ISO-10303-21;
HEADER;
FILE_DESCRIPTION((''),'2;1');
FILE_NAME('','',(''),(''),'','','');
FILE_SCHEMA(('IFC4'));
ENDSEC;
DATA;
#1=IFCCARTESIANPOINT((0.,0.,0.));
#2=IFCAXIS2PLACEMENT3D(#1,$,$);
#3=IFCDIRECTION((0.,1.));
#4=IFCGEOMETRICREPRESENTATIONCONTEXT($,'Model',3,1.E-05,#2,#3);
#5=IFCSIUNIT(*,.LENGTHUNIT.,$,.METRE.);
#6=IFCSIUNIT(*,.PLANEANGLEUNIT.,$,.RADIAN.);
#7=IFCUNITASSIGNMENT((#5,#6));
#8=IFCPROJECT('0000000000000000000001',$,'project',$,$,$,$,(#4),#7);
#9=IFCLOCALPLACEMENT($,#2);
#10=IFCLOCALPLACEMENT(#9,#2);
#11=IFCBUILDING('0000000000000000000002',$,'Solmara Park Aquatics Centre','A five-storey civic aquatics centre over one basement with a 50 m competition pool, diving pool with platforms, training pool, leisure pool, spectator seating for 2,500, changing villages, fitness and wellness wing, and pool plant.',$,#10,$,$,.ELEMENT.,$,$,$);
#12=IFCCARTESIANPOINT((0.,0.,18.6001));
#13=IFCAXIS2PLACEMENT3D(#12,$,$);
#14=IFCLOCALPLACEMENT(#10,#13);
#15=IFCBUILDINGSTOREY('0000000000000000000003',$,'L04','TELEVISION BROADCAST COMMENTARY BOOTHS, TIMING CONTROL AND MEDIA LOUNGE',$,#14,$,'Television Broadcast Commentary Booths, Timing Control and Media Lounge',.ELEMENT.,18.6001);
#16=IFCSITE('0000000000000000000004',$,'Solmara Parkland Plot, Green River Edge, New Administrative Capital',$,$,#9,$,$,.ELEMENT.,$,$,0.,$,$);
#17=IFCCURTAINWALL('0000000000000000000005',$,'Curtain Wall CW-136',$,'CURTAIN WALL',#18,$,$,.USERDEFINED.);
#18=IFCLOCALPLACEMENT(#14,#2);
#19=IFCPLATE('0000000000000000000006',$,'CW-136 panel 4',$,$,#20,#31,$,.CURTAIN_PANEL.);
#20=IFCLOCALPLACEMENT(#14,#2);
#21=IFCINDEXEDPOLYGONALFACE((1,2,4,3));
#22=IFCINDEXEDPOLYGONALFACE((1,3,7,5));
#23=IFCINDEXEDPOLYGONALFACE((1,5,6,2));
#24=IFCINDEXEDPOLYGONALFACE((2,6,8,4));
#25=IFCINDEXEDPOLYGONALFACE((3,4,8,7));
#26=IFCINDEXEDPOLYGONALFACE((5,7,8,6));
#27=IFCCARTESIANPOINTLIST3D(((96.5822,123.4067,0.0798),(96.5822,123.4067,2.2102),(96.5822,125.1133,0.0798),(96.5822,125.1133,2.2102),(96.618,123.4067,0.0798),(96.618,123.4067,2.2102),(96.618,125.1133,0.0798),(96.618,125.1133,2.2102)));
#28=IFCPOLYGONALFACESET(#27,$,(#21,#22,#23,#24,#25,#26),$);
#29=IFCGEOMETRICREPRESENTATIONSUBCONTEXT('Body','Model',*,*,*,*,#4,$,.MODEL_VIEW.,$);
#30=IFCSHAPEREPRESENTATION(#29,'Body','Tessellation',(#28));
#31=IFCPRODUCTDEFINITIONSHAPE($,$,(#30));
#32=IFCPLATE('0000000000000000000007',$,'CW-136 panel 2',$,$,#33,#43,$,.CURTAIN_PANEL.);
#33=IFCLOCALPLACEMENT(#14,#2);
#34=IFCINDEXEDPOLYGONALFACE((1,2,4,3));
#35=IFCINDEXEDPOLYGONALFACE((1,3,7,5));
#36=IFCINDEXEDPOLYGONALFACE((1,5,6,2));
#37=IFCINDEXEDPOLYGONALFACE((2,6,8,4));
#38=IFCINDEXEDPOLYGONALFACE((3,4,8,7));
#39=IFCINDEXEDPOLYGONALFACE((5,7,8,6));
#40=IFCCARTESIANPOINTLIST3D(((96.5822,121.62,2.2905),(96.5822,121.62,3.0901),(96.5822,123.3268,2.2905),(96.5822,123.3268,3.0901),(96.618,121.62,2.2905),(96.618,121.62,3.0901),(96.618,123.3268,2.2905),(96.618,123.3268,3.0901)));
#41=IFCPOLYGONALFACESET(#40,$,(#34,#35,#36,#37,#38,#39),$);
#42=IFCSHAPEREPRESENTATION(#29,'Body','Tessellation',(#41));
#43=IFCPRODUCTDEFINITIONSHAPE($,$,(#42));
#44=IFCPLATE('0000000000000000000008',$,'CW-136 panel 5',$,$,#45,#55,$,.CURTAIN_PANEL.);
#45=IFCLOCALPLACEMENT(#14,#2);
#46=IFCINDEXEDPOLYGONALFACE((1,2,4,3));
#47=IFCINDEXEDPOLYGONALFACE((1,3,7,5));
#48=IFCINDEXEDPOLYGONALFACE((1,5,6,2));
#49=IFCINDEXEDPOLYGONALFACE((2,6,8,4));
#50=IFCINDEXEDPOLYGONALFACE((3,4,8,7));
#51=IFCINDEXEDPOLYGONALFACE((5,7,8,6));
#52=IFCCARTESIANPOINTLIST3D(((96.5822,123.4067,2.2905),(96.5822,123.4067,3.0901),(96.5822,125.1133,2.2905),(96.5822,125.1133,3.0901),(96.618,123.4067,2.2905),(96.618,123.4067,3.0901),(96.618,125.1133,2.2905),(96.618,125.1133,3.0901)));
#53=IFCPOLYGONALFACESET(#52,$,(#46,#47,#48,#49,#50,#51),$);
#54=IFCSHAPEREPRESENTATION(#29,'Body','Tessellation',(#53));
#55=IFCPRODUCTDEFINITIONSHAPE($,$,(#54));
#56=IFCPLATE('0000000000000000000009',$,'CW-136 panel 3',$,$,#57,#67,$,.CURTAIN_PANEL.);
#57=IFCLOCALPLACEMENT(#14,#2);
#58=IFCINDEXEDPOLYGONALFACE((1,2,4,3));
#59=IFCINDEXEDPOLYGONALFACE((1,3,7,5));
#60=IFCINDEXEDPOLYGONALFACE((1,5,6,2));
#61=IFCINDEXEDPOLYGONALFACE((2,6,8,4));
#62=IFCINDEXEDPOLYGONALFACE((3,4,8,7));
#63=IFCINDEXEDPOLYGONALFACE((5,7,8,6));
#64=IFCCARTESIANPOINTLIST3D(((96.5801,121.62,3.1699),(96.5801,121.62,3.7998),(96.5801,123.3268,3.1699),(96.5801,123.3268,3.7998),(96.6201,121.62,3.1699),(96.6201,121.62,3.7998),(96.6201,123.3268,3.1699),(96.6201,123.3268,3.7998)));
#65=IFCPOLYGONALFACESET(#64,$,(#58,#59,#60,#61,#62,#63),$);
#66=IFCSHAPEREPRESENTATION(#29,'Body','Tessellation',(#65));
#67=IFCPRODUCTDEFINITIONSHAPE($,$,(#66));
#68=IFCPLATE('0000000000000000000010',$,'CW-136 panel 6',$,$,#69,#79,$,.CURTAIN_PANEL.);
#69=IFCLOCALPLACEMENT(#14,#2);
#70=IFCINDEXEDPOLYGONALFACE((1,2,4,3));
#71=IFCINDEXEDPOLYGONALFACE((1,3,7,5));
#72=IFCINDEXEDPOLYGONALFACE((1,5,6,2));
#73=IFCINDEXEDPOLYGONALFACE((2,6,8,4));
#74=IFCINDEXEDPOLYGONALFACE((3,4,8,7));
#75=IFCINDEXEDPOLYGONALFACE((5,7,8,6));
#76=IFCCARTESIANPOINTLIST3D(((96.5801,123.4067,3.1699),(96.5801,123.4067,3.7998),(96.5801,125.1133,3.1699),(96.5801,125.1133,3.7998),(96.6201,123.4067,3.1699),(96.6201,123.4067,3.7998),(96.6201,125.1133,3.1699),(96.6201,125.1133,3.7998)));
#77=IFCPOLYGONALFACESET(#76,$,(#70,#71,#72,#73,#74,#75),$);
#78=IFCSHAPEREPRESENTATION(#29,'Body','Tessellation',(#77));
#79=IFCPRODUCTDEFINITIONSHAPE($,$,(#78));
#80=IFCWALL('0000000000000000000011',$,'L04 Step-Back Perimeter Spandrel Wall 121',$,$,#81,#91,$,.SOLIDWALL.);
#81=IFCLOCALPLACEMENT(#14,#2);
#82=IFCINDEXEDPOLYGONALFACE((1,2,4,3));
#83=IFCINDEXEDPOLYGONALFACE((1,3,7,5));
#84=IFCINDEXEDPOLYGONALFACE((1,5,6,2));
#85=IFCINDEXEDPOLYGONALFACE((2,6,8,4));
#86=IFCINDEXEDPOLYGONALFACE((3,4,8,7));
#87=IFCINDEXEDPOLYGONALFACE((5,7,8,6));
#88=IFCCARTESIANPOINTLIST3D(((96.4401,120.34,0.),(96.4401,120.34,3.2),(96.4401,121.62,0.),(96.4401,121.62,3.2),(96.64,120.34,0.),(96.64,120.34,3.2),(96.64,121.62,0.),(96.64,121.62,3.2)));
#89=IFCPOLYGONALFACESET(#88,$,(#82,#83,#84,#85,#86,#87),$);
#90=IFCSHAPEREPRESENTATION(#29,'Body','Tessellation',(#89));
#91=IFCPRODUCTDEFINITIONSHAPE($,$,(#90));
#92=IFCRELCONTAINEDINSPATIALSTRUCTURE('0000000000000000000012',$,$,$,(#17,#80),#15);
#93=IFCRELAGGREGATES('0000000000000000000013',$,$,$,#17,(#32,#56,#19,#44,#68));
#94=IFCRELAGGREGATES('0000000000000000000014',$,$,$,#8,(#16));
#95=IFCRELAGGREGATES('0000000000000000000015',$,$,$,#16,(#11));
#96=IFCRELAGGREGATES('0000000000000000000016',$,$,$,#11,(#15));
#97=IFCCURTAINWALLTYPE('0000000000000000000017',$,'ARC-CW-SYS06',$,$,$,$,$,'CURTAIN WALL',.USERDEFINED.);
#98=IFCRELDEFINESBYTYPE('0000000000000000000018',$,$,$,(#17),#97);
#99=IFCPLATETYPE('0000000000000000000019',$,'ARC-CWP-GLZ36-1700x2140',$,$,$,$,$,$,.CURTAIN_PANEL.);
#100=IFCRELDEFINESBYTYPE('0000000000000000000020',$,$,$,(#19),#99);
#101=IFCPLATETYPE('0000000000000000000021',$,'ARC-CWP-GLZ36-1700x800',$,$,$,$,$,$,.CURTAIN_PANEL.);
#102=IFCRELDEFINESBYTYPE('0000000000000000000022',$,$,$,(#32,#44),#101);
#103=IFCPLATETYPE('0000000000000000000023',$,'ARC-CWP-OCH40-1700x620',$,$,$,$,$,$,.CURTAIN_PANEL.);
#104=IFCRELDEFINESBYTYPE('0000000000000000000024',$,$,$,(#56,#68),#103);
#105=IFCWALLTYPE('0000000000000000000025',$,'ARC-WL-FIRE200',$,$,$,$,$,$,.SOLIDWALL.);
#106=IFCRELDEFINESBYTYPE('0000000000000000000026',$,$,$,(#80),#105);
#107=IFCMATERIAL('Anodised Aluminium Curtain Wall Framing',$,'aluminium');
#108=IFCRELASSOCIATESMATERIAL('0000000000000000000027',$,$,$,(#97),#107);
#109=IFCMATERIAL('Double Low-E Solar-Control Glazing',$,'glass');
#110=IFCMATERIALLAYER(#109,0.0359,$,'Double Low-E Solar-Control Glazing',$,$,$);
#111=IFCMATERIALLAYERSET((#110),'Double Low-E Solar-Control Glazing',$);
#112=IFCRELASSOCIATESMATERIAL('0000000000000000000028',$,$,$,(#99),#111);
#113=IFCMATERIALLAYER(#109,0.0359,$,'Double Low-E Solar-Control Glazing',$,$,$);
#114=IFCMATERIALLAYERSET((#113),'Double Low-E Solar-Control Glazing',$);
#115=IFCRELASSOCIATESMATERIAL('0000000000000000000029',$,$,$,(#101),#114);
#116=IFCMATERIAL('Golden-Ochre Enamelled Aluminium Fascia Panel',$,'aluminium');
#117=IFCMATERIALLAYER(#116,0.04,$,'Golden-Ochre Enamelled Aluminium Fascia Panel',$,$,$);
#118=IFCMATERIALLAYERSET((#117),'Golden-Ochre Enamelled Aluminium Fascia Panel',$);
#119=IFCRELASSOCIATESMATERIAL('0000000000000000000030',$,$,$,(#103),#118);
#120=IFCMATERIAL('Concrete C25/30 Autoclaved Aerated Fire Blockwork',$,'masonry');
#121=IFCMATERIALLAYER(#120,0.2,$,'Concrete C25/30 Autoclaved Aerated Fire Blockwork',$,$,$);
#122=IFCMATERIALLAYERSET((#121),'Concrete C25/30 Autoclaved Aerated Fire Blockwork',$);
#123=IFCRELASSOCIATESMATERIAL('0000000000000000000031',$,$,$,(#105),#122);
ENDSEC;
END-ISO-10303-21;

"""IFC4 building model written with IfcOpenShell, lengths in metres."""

from ifc_helpers import new_model, si_unit, direction, frame, frame_2d, origin, origin_2d, place, context, subcontext, project, spatial, rectangle, extrude, material, layer, layer_set, type_object, element, aggregate, save


model = new_model("IFC4")

# Units and contexts
model_context = context("Model", 3, precision=1e-05, world=origin(), true_north=direction((0.0, 1.0)))
body_context = subcontext(model_context, "Body", "Model", "MODEL_VIEW")
ifc_project = project(units=[si_unit("LENGTHUNIT", "METRE"), si_unit("PLANEANGLEUNIT", "RADIAN")], contexts=[model_context])

# Site, building, storey
site_placement = place(None, origin())
site = spatial("IfcSite", under=ifc_project, at=site_placement, Name="Solmara Parkland Plot, Green River Edge, New Administrative Capital", CompositionType="ELEMENT", RefElevation=0.0)
building_placement = place(site_placement, origin())
building = spatial("IfcBuilding", under=site, at=building_placement, Name="Solmara Park Aquatics Centre", Description="A five-storey civic aquatics centre over one basement with a 50 m competition pool, diving pool with platforms, training pool, leisure pool, spectator seating for 2,500, changing villages, fitness and wellness wing, and pool plant.", CompositionType="ELEMENT")
storey_placement = place(building_placement, frame((0.0, 0.0, 18.6001)))
storey = spatial("IfcBuildingStorey", under=building, at=storey_placement, Name="L04", Description="TELEVISION BROADCAST COMMENTARY BOOTHS, TIMING CONTROL AND MEDIA LOUNGE", LongName="Television Broadcast Commentary Booths, Timing Control and Media Lounge", CompositionType="ELEMENT", Elevation=18.6001)

# Curtain wall, plates
ifc_material_1 = material(Name="Anodised Aluminium Curtain Wall Framing", Category="aluminium")
curtain_wall_type = type_object("IfcCurtainWallType", Name="ARC-CW-SYS06", ElementType="CURTAIN WALL", PredefinedType="USERDEFINED", material=ifc_material_1)
curtain_wall_placement = place(storey_placement, origin())
curtain_wall = element("IfcCurtainWall", 1, at=curtain_wall_placement, inside=storey, type_object=curtain_wall_type, Name="Curtain Wall CW-136", ObjectType="CURTAIN WALL", PredefinedType="USERDEFINED")
ifc_material_2 = material(Name="Double Low-E Solar-Control Glazing", Category="glass")
ifc_layer_1 = layer(ifc_material_2, 0.0359, Name="Double Low-E Solar-Control Glazing")
ifc_layer_set_1 = layer_set([ifc_layer_1], Name="Double Low-E Solar-Control Glazing")
plate_type_1 = type_object("IfcPlateType", Name="ARC-CWP-GLZ36-1700x2140", PredefinedType="CURTAIN_PANEL", material=ifc_layer_set_1)
plate_1_placement = place(storey_placement, frame((96.6001, 124.26, 0.0798), z_axis=(0.0, 0.0, 1.0), x_axis=(0.0, 1.0, 0.0)))
plate_1 = element("IfcPlate", 2, at=plate_1_placement, type_object=plate_type_1, Name="CW-136 panel 4", PredefinedType="CURTAIN_PANEL", context=body_context, shape_type="SweptSolid", body=[
    extrude(rectangle(XDim=1.7065, YDim=0.0359, at=origin_2d()), origin(), (0.0, 0.0, 1.0), 2.1304),
])
ifc_layer_2 = layer(ifc_material_2, 0.0359, Name="Double Low-E Solar-Control Glazing")
ifc_layer_set_2 = layer_set([ifc_layer_2], Name="Double Low-E Solar-Control Glazing")
plate_type_2 = type_object("IfcPlateType", Name="ARC-CWP-GLZ36-1700x800", PredefinedType="CURTAIN_PANEL", material=ifc_layer_set_2)
plate_2_placement = place(storey_placement, frame((96.6001, 122.4734, 2.2905), z_axis=(0.0, 0.0, 1.0), x_axis=(0.0, 1.0, 0.0)))
plate_2 = element("IfcPlate", 3, at=plate_2_placement, type_object=plate_type_2, Name="CW-136 panel 2", PredefinedType="CURTAIN_PANEL", context=body_context, shape_type="SweptSolid", body=[
    extrude(rectangle(XDim=1.7068, YDim=0.0359, at=origin_2d()), origin(), (0.0, 0.0, 1.0), 0.7996),
])
plate_3_placement = place(storey_placement, frame((96.6001, 124.26, 2.2905), z_axis=(0.0, 0.0, 1.0), x_axis=(0.0, 1.0, 0.0)))
plate_3 = element("IfcPlate", 4, at=plate_3_placement, type_object=plate_type_2, Name="CW-136 panel 5", PredefinedType="CURTAIN_PANEL", context=body_context, shape_type="SweptSolid", body=[
    extrude(rectangle(XDim=1.7065, YDim=0.0359, at=origin_2d()), origin(), (0.0, 0.0, 1.0), 0.7996),
])
ifc_material_3 = material(Name="Golden-Ochre Enamelled Aluminium Fascia Panel", Category="aluminium")
ifc_layer_3 = layer(ifc_material_3, 0.04, Name="Golden-Ochre Enamelled Aluminium Fascia Panel")
ifc_layer_set_3 = layer_set([ifc_layer_3], Name="Golden-Ochre Enamelled Aluminium Fascia Panel")
plate_type_3 = type_object("IfcPlateType", Name="ARC-CWP-OCH40-1700x620", PredefinedType="CURTAIN_PANEL", material=ifc_layer_set_3)
plate_4_placement = place(storey_placement, frame((96.6001, 122.4734, 3.1699), z_axis=(0.0, 0.0, 1.0), x_axis=(0.0, 1.0, 0.0)))
plate_4 = element("IfcPlate", 5, at=plate_4_placement, type_object=plate_type_3, Name="CW-136 panel 3", PredefinedType="CURTAIN_PANEL", context=body_context, shape_type="SweptSolid", body=[
    extrude(rectangle(XDim=1.7068, YDim=0.04, at=origin_2d()), origin(), (0.0, 0.0, 1.0), 0.6299),
])
plate_5_placement = place(storey_placement, frame((96.6001, 124.26, 3.1699), z_axis=(0.0, 0.0, 1.0), x_axis=(0.0, 1.0, 0.0)))
plate_5 = element("IfcPlate", 6, at=plate_5_placement, type_object=plate_type_3, Name="CW-136 panel 6", PredefinedType="CURTAIN_PANEL", context=body_context, shape_type="SweptSolid", body=[
    extrude(rectangle(XDim=1.7065, YDim=0.04, at=origin_2d()), origin(), (0.0, 0.0, 1.0), 0.6299),
])
aggregate(curtain_wall, [plate_2, plate_4, plate_1, plate_3, plate_5])

# Wall
ifc_material_4 = material(Name="Concrete C25/30 Autoclaved Aerated Fire Blockwork", Category="masonry")
ifc_layer_4 = layer(ifc_material_4, 0.2, Name="Concrete C25/30 Autoclaved Aerated Fire Blockwork")
ifc_layer_set_4 = layer_set([ifc_layer_4], Name="Concrete C25/30 Autoclaved Aerated Fire Blockwork")
wall_type = type_object("IfcWallType", Name="ARC-WL-FIRE200", PredefinedType="SOLIDWALL", material=ifc_layer_set_4)
wall_placement = place(storey_placement, frame((96.54, 121.6201, 0.0), z_axis=(0.0, 0.0, 1.0), x_axis=(0.0, -1.0, 0.0)))
element("IfcWall", 7, at=wall_placement, inside=storey, type_object=wall_type, Name="L04 Step-Back Perimeter Spandrel Wall 121", PredefinedType="SOLIDWALL", context=body_context, shape_type="SweptSolid", body=[
    extrude(rectangle(XDim=1.28, YDim=0.2, at=frame_2d((0.6401, 0.0))), origin(), (0.0, 0.0, 1.0), 3.2),
])

save(model, "model.ifc")
